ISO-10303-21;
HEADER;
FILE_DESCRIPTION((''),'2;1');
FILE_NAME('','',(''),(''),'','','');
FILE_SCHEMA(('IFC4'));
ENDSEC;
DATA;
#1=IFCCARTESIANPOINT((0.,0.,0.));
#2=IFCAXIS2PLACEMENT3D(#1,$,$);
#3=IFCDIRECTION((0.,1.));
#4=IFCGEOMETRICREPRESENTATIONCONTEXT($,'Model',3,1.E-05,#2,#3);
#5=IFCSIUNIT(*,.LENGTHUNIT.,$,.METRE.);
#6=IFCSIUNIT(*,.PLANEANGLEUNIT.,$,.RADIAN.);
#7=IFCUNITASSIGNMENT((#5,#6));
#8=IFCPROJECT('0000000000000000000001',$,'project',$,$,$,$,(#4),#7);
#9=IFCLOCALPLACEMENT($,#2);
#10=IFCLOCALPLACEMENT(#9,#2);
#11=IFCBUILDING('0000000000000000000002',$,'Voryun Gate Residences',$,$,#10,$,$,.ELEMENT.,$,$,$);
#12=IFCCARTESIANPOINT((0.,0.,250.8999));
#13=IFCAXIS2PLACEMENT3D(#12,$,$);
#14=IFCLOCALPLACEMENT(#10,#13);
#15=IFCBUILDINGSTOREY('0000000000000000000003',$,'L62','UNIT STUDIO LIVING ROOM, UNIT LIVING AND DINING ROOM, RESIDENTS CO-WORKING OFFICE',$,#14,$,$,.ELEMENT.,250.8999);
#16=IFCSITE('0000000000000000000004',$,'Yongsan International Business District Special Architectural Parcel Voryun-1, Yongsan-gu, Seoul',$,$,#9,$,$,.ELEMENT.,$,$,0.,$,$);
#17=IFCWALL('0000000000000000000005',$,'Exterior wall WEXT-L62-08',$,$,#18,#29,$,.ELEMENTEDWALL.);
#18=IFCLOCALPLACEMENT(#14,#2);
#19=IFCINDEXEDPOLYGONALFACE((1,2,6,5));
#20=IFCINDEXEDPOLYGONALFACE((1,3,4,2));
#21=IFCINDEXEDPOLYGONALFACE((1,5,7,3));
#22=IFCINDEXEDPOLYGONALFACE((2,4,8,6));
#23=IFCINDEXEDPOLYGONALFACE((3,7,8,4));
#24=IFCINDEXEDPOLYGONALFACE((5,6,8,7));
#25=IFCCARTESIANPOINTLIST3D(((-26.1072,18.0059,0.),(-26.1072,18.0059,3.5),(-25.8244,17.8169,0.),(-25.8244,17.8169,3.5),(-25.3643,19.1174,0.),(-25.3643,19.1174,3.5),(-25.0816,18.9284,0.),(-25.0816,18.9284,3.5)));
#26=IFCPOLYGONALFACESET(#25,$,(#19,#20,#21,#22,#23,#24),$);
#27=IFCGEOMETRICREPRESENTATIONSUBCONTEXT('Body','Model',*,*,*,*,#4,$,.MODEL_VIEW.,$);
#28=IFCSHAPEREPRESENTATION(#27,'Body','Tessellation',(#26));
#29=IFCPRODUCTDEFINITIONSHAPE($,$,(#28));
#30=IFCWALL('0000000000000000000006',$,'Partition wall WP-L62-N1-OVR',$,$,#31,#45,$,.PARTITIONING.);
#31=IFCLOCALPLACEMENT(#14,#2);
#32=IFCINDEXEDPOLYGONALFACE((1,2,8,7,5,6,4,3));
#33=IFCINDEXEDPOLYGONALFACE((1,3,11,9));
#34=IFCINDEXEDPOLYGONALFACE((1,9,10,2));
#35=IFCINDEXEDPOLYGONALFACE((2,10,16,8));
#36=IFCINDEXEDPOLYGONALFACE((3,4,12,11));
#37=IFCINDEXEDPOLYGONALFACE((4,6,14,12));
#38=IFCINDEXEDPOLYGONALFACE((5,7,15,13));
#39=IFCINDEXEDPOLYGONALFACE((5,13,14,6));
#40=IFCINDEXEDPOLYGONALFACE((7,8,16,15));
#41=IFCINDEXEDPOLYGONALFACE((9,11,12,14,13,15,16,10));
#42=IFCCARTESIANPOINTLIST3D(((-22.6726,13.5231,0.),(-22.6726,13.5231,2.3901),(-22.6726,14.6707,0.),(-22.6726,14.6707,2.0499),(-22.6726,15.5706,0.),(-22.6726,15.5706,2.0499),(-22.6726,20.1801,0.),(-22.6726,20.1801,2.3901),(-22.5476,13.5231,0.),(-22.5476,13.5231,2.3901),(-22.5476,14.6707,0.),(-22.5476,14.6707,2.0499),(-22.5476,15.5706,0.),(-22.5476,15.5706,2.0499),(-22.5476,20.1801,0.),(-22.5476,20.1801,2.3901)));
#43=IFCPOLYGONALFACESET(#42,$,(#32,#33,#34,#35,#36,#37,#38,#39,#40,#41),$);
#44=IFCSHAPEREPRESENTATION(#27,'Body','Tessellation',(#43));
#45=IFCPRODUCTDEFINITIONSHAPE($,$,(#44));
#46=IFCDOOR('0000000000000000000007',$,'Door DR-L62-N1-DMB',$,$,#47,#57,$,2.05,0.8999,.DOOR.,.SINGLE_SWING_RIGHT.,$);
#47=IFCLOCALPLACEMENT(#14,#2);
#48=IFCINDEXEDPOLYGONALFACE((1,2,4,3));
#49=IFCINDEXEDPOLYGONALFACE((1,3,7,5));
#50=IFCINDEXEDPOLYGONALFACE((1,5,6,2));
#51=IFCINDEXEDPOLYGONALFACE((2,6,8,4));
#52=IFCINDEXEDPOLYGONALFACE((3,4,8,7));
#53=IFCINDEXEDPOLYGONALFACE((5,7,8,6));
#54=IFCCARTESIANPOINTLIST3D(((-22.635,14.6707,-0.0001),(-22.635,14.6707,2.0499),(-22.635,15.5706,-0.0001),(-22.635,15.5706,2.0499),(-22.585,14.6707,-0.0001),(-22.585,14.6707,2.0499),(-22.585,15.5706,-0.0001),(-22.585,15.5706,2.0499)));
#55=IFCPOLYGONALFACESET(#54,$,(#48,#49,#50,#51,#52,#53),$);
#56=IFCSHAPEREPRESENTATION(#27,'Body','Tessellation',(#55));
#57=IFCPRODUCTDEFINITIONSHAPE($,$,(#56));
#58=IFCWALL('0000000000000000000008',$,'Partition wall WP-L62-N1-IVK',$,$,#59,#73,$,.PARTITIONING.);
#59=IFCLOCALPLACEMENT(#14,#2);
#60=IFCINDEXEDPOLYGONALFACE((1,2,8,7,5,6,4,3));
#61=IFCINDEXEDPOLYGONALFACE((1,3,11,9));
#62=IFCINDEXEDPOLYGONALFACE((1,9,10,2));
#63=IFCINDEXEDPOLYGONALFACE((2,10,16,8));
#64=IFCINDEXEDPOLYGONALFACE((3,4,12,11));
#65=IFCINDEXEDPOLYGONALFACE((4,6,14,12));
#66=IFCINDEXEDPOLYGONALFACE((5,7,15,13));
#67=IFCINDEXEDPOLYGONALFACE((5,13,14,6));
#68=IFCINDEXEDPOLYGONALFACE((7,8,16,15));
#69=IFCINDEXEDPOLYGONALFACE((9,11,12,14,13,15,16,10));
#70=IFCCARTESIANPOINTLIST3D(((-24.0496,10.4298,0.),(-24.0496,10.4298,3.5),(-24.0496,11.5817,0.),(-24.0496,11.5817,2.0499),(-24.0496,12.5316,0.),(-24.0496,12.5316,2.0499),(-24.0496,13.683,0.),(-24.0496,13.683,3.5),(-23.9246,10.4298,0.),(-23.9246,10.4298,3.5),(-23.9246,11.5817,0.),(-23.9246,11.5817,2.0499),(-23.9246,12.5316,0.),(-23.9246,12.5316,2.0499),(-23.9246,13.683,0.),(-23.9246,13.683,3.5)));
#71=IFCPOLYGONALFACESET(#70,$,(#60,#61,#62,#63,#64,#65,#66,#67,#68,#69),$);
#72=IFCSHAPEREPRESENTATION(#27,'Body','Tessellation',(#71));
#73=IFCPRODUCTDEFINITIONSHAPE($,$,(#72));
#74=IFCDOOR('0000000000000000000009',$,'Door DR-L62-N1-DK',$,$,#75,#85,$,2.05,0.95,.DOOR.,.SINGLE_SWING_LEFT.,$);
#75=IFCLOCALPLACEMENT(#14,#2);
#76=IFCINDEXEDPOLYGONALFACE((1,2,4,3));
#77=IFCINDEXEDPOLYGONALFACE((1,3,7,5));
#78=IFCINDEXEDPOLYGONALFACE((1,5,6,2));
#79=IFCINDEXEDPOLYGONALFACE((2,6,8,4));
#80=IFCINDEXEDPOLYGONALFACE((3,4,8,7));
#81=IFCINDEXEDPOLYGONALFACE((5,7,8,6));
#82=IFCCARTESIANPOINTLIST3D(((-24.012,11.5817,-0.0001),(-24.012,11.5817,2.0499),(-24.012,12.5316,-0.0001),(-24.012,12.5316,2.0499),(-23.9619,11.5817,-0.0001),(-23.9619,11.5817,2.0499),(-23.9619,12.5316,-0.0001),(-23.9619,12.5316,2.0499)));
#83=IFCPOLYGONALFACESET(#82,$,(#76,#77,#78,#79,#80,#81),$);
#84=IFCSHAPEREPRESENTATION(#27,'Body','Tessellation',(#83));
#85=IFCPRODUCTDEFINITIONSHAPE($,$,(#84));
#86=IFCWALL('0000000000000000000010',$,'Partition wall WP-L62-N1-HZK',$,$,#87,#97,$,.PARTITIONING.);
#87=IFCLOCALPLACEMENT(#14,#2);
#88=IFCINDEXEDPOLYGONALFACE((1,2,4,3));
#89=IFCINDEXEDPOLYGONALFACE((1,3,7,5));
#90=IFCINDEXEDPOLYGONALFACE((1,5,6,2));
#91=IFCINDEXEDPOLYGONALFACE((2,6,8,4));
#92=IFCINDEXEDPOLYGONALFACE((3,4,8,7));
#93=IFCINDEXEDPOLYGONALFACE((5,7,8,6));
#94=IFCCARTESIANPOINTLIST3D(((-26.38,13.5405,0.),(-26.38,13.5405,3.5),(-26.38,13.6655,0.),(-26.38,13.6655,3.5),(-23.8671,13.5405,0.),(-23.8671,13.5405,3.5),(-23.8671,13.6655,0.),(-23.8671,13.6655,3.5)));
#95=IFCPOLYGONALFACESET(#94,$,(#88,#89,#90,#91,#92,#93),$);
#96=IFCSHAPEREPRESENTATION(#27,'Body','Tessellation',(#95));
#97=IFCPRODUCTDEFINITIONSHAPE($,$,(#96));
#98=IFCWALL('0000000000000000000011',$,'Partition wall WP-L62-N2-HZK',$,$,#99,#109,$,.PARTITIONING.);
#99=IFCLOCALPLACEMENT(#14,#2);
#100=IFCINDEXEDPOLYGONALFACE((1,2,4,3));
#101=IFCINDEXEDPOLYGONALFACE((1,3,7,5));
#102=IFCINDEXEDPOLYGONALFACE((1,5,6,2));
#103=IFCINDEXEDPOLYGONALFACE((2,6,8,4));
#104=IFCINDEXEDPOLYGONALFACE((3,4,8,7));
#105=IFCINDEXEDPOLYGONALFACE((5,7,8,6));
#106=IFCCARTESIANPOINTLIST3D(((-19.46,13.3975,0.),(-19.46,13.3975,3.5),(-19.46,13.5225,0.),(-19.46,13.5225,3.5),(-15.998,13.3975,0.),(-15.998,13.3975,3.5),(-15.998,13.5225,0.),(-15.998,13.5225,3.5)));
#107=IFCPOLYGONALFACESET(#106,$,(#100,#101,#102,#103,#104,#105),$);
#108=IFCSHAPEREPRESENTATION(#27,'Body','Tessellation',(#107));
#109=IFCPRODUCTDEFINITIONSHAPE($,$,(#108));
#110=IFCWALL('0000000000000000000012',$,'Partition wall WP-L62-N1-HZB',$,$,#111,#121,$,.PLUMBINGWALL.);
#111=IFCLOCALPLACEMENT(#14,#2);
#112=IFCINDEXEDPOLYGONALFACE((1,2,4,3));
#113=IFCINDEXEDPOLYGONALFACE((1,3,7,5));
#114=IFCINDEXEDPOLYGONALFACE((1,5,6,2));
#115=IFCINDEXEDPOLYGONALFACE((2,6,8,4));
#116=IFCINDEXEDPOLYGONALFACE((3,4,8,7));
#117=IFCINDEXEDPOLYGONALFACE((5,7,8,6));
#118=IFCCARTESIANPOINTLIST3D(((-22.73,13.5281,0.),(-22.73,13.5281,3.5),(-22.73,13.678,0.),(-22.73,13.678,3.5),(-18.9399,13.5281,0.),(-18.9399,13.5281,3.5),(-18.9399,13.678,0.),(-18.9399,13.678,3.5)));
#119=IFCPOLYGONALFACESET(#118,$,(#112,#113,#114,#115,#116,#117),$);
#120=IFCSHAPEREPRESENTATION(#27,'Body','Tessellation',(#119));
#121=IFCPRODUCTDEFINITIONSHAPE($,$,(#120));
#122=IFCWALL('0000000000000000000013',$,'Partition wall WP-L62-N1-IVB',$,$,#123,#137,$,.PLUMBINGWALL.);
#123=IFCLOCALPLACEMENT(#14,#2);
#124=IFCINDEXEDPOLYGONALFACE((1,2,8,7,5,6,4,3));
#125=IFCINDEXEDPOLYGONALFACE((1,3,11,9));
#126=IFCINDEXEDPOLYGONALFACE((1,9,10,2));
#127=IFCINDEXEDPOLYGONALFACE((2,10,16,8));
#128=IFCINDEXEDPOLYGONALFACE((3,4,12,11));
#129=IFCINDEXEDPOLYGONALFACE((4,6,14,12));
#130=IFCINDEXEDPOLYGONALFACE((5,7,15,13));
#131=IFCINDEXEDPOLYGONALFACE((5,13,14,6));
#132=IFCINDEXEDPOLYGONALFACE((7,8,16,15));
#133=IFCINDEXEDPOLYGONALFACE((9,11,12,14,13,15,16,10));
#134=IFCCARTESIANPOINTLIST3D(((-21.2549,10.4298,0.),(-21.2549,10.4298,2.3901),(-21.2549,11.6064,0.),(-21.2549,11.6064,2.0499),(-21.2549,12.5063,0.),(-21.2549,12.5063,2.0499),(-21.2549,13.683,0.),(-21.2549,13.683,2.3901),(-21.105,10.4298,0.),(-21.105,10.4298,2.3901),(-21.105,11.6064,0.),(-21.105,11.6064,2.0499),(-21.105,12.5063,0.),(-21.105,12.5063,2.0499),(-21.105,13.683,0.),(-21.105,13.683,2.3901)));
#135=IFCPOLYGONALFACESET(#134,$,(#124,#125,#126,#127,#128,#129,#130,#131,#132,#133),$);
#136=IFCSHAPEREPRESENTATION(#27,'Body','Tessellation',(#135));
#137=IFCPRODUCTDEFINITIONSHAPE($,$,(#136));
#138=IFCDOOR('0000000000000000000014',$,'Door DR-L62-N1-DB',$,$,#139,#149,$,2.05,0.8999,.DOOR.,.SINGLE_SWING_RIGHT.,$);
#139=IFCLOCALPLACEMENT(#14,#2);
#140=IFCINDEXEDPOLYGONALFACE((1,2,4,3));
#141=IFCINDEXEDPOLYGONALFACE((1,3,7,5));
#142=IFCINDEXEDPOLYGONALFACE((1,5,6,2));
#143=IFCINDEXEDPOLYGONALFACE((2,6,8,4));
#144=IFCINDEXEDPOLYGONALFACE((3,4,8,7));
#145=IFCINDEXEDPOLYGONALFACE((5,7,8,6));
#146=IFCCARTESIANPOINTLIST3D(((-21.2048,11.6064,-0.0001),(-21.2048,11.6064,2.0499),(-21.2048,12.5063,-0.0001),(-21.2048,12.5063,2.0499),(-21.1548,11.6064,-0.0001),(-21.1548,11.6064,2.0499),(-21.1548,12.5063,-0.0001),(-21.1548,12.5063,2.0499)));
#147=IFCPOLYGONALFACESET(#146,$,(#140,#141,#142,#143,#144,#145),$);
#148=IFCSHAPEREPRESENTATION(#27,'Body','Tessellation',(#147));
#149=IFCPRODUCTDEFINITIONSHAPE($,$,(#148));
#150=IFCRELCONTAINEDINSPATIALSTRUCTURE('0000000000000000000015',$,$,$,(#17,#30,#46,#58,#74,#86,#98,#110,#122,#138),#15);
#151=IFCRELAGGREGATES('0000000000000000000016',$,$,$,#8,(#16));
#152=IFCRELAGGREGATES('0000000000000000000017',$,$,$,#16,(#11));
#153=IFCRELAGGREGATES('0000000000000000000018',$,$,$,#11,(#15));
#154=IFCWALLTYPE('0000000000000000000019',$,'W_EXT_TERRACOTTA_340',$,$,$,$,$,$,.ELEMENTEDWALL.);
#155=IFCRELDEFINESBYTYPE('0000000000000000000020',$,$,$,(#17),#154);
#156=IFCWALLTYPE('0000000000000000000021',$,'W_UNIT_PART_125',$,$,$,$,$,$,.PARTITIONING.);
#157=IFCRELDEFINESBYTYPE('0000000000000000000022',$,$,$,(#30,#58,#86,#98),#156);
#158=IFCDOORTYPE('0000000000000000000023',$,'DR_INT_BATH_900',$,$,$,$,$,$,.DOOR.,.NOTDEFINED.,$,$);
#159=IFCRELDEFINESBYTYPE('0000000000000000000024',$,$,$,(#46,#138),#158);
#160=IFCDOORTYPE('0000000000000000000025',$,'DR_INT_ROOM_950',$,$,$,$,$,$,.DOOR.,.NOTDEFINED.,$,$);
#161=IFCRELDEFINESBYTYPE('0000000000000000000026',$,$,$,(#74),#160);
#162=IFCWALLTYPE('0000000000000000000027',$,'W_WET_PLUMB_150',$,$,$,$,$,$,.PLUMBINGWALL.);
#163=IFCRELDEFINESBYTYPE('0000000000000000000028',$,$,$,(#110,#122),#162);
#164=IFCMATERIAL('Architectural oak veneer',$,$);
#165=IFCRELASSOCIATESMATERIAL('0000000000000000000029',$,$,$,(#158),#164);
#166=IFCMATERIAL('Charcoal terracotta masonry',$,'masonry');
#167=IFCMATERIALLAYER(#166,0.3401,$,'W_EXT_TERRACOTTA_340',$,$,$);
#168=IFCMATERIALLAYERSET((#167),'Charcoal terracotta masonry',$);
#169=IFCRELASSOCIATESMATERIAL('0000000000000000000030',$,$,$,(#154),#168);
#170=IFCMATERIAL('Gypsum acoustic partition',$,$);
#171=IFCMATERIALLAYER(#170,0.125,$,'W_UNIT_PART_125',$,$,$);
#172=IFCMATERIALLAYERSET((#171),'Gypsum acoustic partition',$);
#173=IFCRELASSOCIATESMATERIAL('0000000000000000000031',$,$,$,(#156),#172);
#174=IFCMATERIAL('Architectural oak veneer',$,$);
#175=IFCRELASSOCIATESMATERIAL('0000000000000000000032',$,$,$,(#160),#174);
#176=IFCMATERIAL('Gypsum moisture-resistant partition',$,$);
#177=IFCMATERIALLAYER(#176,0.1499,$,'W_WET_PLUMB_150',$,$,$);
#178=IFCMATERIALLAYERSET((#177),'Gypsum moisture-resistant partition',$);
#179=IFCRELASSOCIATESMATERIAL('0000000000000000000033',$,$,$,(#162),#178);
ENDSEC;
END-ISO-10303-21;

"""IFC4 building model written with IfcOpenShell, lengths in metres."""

from ifc_helpers import new_model, si_unit, direction, frame, frame_2d, origin, place, context, subcontext, project, spatial, rectangle, extrude, material, layer, layer_set, type_object, element, fill, save


model = new_model("IFC4")

# Units and contexts
model_context = context("Model", 3, precision=1e-05, world=origin(), true_north=direction((0.0, 1.0)))
body_context = subcontext(model_context, "Body", "Model", "MODEL_VIEW")
ifc_project = project(units=[si_unit("LENGTHUNIT", "METRE"), si_unit("PLANEANGLEUNIT", "RADIAN")], contexts=[model_context])

# Site, building, storey
site_placement = place(None, origin())
site = spatial("IfcSite", under=ifc_project, at=site_placement, Name="Yongsan International Business District Special Architectural Parcel Voryun-1, Yongsan-gu, Seoul", CompositionType="ELEMENT", RefElevation=0.0)
building_placement = place(site_placement, origin())
building = spatial("IfcBuilding", under=site, at=building_placement, Name="Voryun Gate Residences", CompositionType="ELEMENT")
storey_placement = place(building_placement, frame((0.0, 0.0, 250.8999)))
storey = spatial("IfcBuildingStorey", under=building, at=storey_placement, Name="L62", Description="UNIT STUDIO LIVING ROOM, UNIT LIVING AND DINING ROOM, RESIDENTS CO-WORKING OFFICE", CompositionType="ELEMENT", Elevation=250.8999)

# Shared definitions
ifc_material_1 = material(Name="Architectural oak veneer")
door_type_1 = type_object("IfcDoorType", Name="DR_INT_BATH_900", OperationType="NOTDEFINED", PredefinedType="DOOR", material=ifc_material_1)

# Wall
ifc_material_2 = material(Name="Charcoal terracotta masonry", Category="masonry")
ifc_layer_1 = layer(ifc_material_2, 0.3401, Name="W_EXT_TERRACOTTA_340")
ifc_layer_set_1 = layer_set([ifc_layer_1], Name="Charcoal terracotta masonry")
wall_type_1 = type_object("IfcWallType", Name="W_EXT_TERRACOTTA_340", PredefinedType="ELEMENTEDWALL", material=ifc_layer_set_1)
wall_1_placement = place(storey_placement, frame((-25.9658, 17.9114, 0.0), z_axis=(0.0, 0.0, 1.0), x_axis=(0.555669, 0.831404, 0.0)))
element("IfcWall", 1, at=wall_1_placement, inside=storey, type_object=wall_type_1, Name="Exterior wall WEXT-L62-08", PredefinedType="ELEMENTEDWALL", context=body_context, shape_type="SweptSolid", body=[
    extrude(rectangle(XDim=1.3369, YDim=0.3401, at=frame_2d((0.6685, 0.0))), origin(), (0.0, 0.0, 1.0), 3.5),
])

# Walls, openings, doors
ifc_material_3 = material(Name="Gypsum acoustic partition")
ifc_layer_2 = layer(ifc_material_3, 0.125, Name="W_UNIT_PART_125")
ifc_layer_set_2 = layer_set([ifc_layer_2], Name="Gypsum acoustic partition")
wall_type_2 = type_object("IfcWallType", Name="W_UNIT_PART_125", PredefinedType="PARTITIONING", material=ifc_layer_set_2)
wall_2_placement = place(storey_placement, frame((-22.6101, 13.5229, 0.0), z_axis=(0.0, 0.0, 1.0), x_axis=(0.0, 1.0, 0.0)))
wall_2 = element("IfcWall", 2, at=wall_2_placement, inside=storey, type_object=wall_type_2, Name="Partition wall WP-L62-N1-OVR", PredefinedType="PARTITIONING", context=body_context, shape_type="SweptSolid", body=[
    extrude(rectangle(XDim=6.657, YDim=0.125, at=frame_2d((3.3286, 0.0))), origin(), (0.0, 0.0, 1.0), 2.3901),
])
opening_1_placement = place(wall_2_placement, frame((1.1477, 0.0, 0.0)))
opening_1 = element("IfcOpeningElement", 3, at=opening_1_placement, cuts=wall_2, PredefinedType="OPENING", context=body_context, shape_type="SweptSolid", body=[
    extrude(rectangle(XDim=0.8999, YDim=2.05, at=frame_2d((0.45, 1.0249))), frame((0.0, 0.0725, 0.0), z_axis=(0.0, -1.0, 0.0), x_axis=(1.0, 0.0, 0.0)), (0.0, 0.0, 1.0), 0.145),
])
door_1_placement = place(opening_1_placement, origin())
door_1 = element("IfcDoor", 4, at=door_1_placement, inside=storey, type_object=door_type_1, Name="Door DR-L62-N1-DMB", OperationType="SINGLE_SWING_RIGHT", OverallHeight=2.05, OverallWidth=0.8999, PredefinedType="DOOR", context=body_context, shape_type="SweptSolid", body=[
    extrude(rectangle(XDim=0.8999, YDim=2.05, at=frame_2d((0.45, 1.0249))), frame((0.0, 0.0249, 0.0), z_axis=(0.0, -1.0, 0.0), x_axis=(1.0, 0.0, 0.0)), (0.0, 0.0, 1.0), 0.05),
])
fill(opening_1, door_1)
wall_3_placement = place(storey_placement, frame((-23.9871, 10.4299, 0.0), z_axis=(0.0, 0.0, 1.0), x_axis=(0.0, 1.0, 0.0)))
wall_3 = element("IfcWall", 5, at=wall_3_placement, inside=storey, type_object=wall_type_2, Name="Partition wall WP-L62-N1-IVK", PredefinedType="PARTITIONING", context=body_context, shape_type="SweptSolid", body=[
    extrude(rectangle(XDim=3.2532, YDim=0.125, at=frame_2d((1.6265, 0.0))), origin(), (0.0, 0.0, 1.0), 3.5),
])
opening_2_placement = place(wall_3_placement, frame((1.1516, 0.0, 0.0)))
opening_2 = element("IfcOpeningElement", 6, at=opening_2_placement, cuts=wall_3, PredefinedType="OPENING", context=body_context, shape_type="SweptSolid", body=[
    extrude(rectangle(XDim=0.95, YDim=2.05, at=frame_2d((0.4751, 1.0249))), frame((0.0, 0.0725, 0.0), z_axis=(0.0, -1.0, 0.0), x_axis=(1.0, 0.0, 0.0)), (0.0, 0.0, 1.0), 0.145),
])
ifc_material_4 = material(Name="Architectural oak veneer")
door_type_2 = type_object("IfcDoorType", Name="DR_INT_ROOM_950", OperationType="NOTDEFINED", PredefinedType="DOOR", material=ifc_material_4)
door_2_placement = place(opening_2_placement, origin())
door_2 = element("IfcDoor", 7, at=door_2_placement, inside=storey, type_object=door_type_2, Name="Door DR-L62-N1-DK", OperationType="SINGLE_SWING_LEFT", OverallHeight=2.05, OverallWidth=0.95, PredefinedType="DOOR", context=body_context, shape_type="SweptSolid", body=[
    extrude(rectangle(XDim=0.95, YDim=2.05, at=frame_2d((0.4751, 1.0249))), frame((0.0, 0.0249, 0.0), z_axis=(0.0, -1.0, 0.0), x_axis=(1.0, 0.0, 0.0)), (0.0, 0.0, 1.0), 0.05),
])
fill(opening_2, door_2)

# Walls
wall_4_placement = place(storey_placement, frame((-26.3799, 13.603, 0.0), z_axis=(0.0, 0.0, 1.0), x_axis=(1.0, 0.0, 0.0)))
element("IfcWall", 8, at=wall_4_placement, inside=storey, type_object=wall_type_2, Name="Partition wall WP-L62-N1-HZK", PredefinedType="PARTITIONING", context=body_context, shape_type="SweptSolid", body=[
    extrude(rectangle(XDim=2.5129, YDim=0.125, at=frame_2d((1.2563, 0.0))), origin(), (0.0, 0.0, 1.0), 3.5),
])
wall_5_placement = place(storey_placement, frame((-19.46, 13.46, 0.0), z_axis=(0.0, 0.0, 1.0), x_axis=(1.0, 0.0, 0.0)))
element("IfcWall", 9, at=wall_5_placement, inside=storey, type_object=wall_type_2, Name="Partition wall WP-L62-N2-HZK", PredefinedType="PARTITIONING", context=body_context, shape_type="SweptSolid", body=[
    extrude(rectangle(XDim=3.4619, YDim=0.125, at=frame_2d((1.731, 0.0))), origin(), (0.0, 0.0, 1.0), 3.5),
])
ifc_material_5 = material(Name="Gypsum moisture-resistant partition")
ifc_layer_3 = layer(ifc_material_5, 0.1499, Name="W_WET_PLUMB_150")
ifc_layer_set_3 = layer_set([ifc_layer_3], Name="Gypsum moisture-resistant partition")
wall_type_3 = type_object("IfcWallType", Name="W_WET_PLUMB_150", PredefinedType="PLUMBINGWALL", material=ifc_layer_set_3)
wall_6_placement = place(storey_placement, frame((-22.73, 13.603, 0.0), z_axis=(0.0, 0.0, 1.0), x_axis=(1.0, 0.0, 0.0)))
element("IfcWall", 10, at=wall_6_placement, inside=storey, type_object=wall_type_3, Name="Partition wall WP-L62-N1-HZB", PredefinedType="PLUMBINGWALL", context=body_context, shape_type="SweptSolid", body=[
    extrude(rectangle(XDim=3.79, YDim=0.1499, at=frame_2d((1.895, 0.0))), origin(), (0.0, 0.0, 1.0), 3.5),
])

# Wall, opening, door
wall_7_placement = place(storey_placement, frame((-21.1799, 10.4299, 0.0), z_axis=(0.0, 0.0, 1.0), x_axis=(0.0, 1.0, 0.0)))
wall_7 = element("IfcWall", 11, at=wall_7_placement, inside=storey, type_object=wall_type_3, Name="Partition wall WP-L62-N1-IVB", PredefinedType="PLUMBINGWALL", context=body_context, shape_type="SweptSolid", body=[
    extrude(rectangle(XDim=3.2532, YDim=0.1499, at=frame_2d((1.6265, 0.0))), origin(), (0.0, 0.0, 1.0), 2.3901),
])
opening_3_placement = place(wall_7_placement, frame((1.1765, 0.0, 0.0)))
opening_3 = element("IfcOpeningElement", 12, at=opening_3_placement, cuts=wall_7, PredefinedType="OPENING", context=body_context, shape_type="SweptSolid", body=[
    extrude(rectangle(XDim=0.8999, YDim=2.05, at=frame_2d((0.45, 1.0249))), frame((0.0, 0.085, 0.0), z_axis=(0.0, -1.0, 0.0), x_axis=(1.0, 0.0, 0.0)), (0.0, 0.0, 1.0), 0.1699),
])
door_3_placement = place(opening_3_placement, origin())
door_3 = element("IfcDoor", 13, at=door_3_placement, inside=storey, type_object=door_type_1, Name="Door DR-L62-N1-DB", OperationType="SINGLE_SWING_RIGHT", OverallHeight=2.05, OverallWidth=0.8999, PredefinedType="DOOR", context=body_context, shape_type="SweptSolid", body=[
    extrude(rectangle(XDim=0.8999, YDim=2.05, at=frame_2d((0.45, 1.0249))), frame((0.0, 0.0249, 0.0), z_axis=(0.0, -1.0, 0.0), x_axis=(1.0, 0.0, 0.0)), (0.0, 0.0, 1.0), 0.05),
])
fill(opening_3, door_3)

save(model, "model.ifc")
